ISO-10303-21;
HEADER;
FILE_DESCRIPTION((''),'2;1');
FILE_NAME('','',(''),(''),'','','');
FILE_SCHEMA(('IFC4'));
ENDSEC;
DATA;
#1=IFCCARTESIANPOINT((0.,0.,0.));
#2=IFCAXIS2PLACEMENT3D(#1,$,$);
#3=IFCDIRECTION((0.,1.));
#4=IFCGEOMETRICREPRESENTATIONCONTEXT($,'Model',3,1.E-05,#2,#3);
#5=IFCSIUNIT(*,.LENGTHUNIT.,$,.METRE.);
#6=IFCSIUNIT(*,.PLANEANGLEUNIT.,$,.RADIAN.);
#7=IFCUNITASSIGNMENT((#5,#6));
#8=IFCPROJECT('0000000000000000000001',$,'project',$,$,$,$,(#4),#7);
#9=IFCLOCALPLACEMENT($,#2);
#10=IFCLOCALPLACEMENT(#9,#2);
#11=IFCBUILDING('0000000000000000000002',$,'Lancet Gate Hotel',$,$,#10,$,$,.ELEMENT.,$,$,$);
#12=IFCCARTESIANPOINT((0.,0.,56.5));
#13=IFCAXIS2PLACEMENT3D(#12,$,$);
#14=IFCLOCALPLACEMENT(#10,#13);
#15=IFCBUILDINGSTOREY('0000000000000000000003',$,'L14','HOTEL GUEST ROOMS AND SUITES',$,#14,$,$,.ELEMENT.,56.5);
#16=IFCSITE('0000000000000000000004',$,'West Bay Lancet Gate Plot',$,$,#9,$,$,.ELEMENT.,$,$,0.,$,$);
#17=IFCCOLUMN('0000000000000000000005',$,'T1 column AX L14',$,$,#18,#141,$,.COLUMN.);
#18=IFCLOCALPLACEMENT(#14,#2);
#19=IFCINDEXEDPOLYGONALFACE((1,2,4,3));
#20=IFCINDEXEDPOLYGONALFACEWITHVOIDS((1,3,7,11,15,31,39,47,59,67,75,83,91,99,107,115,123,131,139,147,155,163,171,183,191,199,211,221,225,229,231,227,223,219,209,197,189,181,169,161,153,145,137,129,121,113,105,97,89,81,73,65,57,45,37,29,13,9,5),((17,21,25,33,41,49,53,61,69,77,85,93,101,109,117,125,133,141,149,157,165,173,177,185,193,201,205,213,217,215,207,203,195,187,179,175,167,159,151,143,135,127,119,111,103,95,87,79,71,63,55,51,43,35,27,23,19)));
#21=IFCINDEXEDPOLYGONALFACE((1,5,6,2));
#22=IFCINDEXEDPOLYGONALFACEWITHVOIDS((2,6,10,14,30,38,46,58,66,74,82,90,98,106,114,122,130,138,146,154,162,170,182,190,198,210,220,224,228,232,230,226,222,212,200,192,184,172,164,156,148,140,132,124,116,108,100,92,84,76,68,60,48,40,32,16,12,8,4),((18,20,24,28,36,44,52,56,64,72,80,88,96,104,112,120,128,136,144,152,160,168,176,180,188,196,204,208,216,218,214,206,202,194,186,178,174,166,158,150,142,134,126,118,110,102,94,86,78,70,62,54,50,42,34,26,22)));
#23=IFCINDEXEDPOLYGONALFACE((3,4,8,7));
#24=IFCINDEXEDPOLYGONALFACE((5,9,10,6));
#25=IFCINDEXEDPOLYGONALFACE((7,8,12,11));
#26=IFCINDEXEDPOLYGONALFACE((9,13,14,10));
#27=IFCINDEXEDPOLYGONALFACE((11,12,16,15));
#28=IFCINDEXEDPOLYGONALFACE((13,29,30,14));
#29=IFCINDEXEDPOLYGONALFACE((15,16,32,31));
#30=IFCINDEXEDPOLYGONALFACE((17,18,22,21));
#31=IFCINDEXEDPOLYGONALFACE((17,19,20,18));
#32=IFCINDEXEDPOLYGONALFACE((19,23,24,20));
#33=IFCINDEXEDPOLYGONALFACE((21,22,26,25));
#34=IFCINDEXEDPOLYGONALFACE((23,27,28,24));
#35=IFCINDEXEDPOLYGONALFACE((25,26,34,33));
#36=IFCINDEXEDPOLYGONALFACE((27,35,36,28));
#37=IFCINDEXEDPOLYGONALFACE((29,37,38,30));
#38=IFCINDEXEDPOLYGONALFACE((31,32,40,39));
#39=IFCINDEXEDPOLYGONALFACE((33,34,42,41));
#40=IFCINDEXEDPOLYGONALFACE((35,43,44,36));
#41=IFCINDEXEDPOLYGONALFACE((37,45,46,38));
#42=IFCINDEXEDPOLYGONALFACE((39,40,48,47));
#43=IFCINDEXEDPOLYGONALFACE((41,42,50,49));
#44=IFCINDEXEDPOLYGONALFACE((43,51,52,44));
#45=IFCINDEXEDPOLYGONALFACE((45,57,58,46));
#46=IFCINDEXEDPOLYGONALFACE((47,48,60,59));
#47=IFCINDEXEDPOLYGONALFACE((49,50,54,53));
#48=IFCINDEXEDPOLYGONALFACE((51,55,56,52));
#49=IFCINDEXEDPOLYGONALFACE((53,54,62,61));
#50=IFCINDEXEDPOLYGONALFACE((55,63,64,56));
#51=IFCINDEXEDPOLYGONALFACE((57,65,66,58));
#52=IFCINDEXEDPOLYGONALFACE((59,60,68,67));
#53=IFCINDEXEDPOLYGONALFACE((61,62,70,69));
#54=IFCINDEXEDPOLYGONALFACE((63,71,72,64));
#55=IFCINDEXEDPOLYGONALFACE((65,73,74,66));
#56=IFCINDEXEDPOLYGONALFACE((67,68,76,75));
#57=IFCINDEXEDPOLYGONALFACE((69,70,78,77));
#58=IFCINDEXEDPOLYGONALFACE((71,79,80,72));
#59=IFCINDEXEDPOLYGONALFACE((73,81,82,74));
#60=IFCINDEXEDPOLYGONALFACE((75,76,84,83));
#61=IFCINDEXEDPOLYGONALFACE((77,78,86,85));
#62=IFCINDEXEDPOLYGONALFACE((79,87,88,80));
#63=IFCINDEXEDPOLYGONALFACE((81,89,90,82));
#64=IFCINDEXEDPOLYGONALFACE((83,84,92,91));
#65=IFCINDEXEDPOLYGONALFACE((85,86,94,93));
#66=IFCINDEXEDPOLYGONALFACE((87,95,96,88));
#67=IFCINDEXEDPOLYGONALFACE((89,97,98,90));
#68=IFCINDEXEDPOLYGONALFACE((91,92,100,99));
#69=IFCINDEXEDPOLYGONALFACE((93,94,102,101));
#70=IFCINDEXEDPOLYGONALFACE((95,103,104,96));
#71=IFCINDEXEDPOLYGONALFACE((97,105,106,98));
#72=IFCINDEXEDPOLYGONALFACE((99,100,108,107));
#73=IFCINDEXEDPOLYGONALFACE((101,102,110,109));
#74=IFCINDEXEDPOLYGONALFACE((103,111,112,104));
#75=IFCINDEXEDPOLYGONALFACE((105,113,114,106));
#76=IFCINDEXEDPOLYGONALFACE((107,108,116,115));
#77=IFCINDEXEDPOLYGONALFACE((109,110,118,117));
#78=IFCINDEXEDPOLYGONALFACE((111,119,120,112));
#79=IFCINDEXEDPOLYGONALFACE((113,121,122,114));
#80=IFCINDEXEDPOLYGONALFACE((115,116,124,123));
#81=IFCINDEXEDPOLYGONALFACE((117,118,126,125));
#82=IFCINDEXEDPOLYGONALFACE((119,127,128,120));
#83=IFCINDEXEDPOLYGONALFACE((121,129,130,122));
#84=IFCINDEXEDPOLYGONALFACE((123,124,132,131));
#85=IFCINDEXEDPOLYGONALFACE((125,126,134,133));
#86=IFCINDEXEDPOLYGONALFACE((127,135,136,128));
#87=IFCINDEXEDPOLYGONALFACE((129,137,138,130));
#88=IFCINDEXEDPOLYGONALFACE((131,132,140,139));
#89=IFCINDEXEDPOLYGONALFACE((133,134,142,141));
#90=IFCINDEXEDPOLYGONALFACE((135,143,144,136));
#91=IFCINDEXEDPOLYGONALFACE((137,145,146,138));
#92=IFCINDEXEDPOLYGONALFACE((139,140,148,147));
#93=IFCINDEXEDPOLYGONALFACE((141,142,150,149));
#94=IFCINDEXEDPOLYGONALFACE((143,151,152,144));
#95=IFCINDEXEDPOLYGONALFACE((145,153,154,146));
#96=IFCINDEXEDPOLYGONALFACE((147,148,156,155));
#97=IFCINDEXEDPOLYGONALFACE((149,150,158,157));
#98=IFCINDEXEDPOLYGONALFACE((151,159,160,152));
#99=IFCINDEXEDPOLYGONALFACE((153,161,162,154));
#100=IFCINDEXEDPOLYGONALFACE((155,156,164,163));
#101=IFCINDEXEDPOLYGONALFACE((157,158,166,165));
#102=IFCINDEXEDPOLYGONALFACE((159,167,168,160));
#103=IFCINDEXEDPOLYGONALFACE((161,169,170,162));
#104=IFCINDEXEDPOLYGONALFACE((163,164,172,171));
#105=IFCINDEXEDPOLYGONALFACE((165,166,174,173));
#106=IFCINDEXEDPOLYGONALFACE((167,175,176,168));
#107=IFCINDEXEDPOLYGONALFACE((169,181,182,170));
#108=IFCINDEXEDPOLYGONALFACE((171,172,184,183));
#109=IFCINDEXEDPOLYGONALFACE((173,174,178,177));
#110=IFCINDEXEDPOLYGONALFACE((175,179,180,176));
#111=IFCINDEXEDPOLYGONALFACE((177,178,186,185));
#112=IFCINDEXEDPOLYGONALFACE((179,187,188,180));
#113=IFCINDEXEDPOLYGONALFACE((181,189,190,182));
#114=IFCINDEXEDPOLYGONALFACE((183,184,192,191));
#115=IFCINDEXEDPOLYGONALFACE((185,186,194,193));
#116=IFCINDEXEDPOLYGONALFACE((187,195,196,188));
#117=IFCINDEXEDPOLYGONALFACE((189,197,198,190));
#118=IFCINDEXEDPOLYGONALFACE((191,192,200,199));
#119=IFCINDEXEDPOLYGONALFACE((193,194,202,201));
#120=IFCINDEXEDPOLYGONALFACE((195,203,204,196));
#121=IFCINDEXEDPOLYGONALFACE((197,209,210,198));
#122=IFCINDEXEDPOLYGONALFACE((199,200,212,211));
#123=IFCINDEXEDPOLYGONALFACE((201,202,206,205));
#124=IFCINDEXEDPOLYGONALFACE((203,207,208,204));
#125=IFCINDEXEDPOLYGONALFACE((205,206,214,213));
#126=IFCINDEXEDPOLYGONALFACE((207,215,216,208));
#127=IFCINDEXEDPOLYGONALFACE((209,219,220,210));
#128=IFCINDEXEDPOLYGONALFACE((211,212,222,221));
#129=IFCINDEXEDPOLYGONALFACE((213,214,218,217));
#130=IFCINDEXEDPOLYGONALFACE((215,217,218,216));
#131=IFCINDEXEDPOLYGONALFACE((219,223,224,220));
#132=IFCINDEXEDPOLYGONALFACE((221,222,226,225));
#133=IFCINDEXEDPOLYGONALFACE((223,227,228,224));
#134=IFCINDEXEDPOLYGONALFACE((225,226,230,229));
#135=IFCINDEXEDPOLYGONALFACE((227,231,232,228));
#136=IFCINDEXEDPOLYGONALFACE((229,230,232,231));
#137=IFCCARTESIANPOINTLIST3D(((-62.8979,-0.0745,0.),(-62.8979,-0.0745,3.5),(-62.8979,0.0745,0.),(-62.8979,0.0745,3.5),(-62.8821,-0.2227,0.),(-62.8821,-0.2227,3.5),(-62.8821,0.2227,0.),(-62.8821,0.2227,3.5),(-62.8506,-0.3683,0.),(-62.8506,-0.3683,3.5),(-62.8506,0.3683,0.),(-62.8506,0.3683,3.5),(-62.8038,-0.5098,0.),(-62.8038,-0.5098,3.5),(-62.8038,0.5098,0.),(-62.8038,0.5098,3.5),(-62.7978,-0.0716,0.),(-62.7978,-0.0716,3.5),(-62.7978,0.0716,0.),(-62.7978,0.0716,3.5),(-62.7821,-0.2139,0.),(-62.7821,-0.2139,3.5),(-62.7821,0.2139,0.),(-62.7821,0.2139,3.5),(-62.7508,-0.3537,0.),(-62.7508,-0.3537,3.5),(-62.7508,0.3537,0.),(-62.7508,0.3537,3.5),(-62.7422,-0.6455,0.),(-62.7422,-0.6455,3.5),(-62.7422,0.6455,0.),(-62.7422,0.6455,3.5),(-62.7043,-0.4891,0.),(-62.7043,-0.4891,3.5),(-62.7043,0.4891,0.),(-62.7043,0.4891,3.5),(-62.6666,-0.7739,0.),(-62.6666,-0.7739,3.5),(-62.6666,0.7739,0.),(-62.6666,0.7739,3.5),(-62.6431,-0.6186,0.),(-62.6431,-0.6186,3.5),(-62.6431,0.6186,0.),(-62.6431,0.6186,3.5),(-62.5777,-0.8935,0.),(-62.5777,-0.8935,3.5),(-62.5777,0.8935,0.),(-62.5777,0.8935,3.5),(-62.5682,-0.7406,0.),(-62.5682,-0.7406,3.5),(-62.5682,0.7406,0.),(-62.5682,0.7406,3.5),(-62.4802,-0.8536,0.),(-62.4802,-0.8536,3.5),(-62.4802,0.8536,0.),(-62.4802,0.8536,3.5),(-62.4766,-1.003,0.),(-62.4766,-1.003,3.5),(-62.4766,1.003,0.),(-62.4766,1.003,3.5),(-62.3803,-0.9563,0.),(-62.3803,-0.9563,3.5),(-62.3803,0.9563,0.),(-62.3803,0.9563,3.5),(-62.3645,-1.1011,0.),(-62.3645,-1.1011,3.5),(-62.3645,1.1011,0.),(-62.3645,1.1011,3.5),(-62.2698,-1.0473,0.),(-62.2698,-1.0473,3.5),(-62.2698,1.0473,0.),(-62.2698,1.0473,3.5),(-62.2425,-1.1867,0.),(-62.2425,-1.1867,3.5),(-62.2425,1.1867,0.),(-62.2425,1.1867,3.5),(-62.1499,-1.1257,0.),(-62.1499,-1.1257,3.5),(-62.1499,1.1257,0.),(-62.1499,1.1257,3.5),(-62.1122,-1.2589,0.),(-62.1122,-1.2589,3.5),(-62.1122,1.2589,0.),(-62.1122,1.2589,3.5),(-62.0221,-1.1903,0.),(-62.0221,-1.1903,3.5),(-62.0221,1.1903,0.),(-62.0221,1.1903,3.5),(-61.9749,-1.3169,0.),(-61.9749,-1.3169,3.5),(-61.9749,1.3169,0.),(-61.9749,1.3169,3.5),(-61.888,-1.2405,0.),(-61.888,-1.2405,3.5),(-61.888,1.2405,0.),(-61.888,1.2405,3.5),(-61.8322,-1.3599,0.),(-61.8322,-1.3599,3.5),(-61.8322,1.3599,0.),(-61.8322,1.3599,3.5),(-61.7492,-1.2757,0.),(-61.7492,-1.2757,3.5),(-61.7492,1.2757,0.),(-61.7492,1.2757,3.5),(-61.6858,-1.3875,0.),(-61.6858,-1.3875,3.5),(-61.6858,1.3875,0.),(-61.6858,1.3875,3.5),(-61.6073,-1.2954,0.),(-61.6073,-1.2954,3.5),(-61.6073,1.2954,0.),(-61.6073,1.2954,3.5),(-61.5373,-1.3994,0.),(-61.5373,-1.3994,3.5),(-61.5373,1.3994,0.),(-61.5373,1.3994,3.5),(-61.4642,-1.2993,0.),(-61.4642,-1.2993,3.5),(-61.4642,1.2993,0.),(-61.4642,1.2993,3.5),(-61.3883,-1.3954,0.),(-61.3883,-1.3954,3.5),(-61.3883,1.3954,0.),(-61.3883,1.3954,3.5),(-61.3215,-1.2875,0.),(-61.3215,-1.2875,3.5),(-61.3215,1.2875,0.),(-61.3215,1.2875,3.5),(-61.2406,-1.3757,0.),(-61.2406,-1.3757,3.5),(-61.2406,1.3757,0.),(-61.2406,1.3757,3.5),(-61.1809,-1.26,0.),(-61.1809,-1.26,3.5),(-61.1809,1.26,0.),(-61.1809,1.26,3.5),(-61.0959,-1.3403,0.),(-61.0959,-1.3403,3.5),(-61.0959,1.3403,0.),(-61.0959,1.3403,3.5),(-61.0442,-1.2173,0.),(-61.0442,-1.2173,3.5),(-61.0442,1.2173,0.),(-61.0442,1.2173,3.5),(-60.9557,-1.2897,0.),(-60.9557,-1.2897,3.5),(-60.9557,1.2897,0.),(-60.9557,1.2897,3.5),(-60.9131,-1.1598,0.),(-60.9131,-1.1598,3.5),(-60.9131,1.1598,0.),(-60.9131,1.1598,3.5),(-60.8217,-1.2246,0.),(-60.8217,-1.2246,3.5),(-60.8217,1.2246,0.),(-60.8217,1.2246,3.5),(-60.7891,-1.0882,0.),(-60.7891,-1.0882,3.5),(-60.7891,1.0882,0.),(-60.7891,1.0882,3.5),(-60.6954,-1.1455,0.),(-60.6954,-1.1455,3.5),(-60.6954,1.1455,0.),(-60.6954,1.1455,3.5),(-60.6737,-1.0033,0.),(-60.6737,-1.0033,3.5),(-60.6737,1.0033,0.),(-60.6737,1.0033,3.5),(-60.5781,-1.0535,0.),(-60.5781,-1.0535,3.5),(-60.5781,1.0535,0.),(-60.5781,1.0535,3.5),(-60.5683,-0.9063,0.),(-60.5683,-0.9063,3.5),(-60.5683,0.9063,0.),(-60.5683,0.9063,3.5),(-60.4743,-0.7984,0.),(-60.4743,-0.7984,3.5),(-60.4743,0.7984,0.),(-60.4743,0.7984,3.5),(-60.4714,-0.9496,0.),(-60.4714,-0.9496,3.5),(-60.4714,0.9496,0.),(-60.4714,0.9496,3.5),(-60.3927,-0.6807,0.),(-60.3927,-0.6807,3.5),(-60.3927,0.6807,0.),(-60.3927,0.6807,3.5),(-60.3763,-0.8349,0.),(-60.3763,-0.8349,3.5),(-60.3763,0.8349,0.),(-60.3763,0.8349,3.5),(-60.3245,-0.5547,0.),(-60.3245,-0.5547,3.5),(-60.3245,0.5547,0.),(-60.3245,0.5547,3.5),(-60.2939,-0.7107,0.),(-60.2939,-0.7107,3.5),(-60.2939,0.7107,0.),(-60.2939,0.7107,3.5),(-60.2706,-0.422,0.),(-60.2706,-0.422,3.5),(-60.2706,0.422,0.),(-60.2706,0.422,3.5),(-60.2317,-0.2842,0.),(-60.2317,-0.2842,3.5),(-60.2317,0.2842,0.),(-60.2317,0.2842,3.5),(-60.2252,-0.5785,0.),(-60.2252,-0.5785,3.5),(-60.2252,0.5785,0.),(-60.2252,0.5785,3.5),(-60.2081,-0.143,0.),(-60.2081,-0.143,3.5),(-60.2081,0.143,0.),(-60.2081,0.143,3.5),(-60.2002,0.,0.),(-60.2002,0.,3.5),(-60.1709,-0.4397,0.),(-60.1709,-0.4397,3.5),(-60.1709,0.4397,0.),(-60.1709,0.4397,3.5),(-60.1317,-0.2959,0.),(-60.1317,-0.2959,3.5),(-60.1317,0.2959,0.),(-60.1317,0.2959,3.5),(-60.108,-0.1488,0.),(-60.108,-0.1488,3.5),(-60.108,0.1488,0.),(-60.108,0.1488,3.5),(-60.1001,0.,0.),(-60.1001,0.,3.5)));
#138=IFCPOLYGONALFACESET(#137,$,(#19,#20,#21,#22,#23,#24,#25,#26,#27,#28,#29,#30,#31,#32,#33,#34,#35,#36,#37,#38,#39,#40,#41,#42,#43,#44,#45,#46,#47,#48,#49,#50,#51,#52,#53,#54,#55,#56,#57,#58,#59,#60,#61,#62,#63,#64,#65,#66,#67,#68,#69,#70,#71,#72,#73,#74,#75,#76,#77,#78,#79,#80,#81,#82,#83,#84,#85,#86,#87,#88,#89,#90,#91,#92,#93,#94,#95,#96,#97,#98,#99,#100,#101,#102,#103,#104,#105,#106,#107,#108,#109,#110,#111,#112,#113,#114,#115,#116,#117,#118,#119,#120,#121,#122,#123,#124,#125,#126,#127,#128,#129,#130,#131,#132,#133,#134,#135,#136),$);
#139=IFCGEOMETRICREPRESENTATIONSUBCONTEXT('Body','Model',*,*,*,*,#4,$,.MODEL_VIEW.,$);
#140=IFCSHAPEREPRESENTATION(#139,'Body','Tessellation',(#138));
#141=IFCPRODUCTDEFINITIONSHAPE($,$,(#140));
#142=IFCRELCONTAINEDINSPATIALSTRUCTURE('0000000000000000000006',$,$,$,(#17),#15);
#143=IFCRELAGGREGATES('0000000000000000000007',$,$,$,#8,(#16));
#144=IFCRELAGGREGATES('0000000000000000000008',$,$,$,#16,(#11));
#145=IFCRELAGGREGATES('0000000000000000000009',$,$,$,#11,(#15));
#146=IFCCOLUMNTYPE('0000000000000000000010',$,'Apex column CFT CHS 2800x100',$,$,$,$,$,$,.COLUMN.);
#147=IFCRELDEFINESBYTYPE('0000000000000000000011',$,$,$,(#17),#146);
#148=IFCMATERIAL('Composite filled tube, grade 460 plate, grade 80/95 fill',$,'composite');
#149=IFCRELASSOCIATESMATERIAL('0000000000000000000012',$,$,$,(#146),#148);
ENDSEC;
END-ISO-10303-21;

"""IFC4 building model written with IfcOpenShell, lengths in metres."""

from ifc_helpers import new_model, si_unit, direction, frame, origin, origin_2d, place, context, subcontext, project, spatial, hollow_circle, extrude, material, material_profile, profile_set, type_object, element, save


model = new_model("IFC4")

# Units and contexts
model_context = context("Model", 3, precision=1e-05, world=origin(), true_north=direction((0.0, 1.0)))
body_context = subcontext(model_context, "Body", "Model", "MODEL_VIEW")
ifc_project = project(units=[si_unit("LENGTHUNIT", "METRE"), si_unit("PLANEANGLEUNIT", "RADIAN")], contexts=[model_context])

# Site, building, storey
site_placement = place(None, origin())
site = spatial("IfcSite", under=ifc_project, at=site_placement, Name="West Bay Lancet Gate Plot", CompositionType="ELEMENT", RefElevation=0.0)
building_placement = place(site_placement, origin())
building = spatial("IfcBuilding", under=site, at=building_placement, Name="Lancet Gate Hotel", CompositionType="ELEMENT")
storey_placement = place(building_placement, frame((0.0, 0.0, 56.5)))
storey = spatial("IfcBuildingStorey", under=building, at=storey_placement, Name="L14", Description="HOTEL GUEST ROOMS AND SUITES", CompositionType="ELEMENT", Elevation=56.5)

# Column
ifc_material_1 = material(Name="Composite filled tube, grade 460 plate, grade 80/95 fill", Category="composite")
ifc_material_profile_1 = material_profile(ifc_material_1, hollow_circle(Radius=1.3999, WallThickness=0.1001, at=origin_2d()), Name="CHS 2800x100")
ifc_profile_set_1 = profile_set([ifc_material_profile_1], Name="Composite filled tube, grade 460 plate, grade 80/95 fill")
column_type_1 = type_object("IfcColumnType", Name="Apex column CFT CHS 2800x100", PredefinedType="COLUMN", material=ifc_profile_set_1)
column_1_placement = place(storey_placement, frame((-61.5, 0.0, 0.0), z_axis=(0.0, 0.0, 1.0), x_axis=(1.0, 0.0, 0.0)))
element("IfcColumn", 1, at=column_1_placement, inside=storey, type_object=column_type_1, Name="T1 column AX L14", PredefinedType="COLUMN", context=body_context, shape_type="SweptSolid", body=[
    extrude(hollow_circle(Radius=1.3999, WallThickness=0.1001, at=origin_2d()), origin(), (0.0, 0.0, 1.0), 3.5),
])

save(model, "model.ifc")
